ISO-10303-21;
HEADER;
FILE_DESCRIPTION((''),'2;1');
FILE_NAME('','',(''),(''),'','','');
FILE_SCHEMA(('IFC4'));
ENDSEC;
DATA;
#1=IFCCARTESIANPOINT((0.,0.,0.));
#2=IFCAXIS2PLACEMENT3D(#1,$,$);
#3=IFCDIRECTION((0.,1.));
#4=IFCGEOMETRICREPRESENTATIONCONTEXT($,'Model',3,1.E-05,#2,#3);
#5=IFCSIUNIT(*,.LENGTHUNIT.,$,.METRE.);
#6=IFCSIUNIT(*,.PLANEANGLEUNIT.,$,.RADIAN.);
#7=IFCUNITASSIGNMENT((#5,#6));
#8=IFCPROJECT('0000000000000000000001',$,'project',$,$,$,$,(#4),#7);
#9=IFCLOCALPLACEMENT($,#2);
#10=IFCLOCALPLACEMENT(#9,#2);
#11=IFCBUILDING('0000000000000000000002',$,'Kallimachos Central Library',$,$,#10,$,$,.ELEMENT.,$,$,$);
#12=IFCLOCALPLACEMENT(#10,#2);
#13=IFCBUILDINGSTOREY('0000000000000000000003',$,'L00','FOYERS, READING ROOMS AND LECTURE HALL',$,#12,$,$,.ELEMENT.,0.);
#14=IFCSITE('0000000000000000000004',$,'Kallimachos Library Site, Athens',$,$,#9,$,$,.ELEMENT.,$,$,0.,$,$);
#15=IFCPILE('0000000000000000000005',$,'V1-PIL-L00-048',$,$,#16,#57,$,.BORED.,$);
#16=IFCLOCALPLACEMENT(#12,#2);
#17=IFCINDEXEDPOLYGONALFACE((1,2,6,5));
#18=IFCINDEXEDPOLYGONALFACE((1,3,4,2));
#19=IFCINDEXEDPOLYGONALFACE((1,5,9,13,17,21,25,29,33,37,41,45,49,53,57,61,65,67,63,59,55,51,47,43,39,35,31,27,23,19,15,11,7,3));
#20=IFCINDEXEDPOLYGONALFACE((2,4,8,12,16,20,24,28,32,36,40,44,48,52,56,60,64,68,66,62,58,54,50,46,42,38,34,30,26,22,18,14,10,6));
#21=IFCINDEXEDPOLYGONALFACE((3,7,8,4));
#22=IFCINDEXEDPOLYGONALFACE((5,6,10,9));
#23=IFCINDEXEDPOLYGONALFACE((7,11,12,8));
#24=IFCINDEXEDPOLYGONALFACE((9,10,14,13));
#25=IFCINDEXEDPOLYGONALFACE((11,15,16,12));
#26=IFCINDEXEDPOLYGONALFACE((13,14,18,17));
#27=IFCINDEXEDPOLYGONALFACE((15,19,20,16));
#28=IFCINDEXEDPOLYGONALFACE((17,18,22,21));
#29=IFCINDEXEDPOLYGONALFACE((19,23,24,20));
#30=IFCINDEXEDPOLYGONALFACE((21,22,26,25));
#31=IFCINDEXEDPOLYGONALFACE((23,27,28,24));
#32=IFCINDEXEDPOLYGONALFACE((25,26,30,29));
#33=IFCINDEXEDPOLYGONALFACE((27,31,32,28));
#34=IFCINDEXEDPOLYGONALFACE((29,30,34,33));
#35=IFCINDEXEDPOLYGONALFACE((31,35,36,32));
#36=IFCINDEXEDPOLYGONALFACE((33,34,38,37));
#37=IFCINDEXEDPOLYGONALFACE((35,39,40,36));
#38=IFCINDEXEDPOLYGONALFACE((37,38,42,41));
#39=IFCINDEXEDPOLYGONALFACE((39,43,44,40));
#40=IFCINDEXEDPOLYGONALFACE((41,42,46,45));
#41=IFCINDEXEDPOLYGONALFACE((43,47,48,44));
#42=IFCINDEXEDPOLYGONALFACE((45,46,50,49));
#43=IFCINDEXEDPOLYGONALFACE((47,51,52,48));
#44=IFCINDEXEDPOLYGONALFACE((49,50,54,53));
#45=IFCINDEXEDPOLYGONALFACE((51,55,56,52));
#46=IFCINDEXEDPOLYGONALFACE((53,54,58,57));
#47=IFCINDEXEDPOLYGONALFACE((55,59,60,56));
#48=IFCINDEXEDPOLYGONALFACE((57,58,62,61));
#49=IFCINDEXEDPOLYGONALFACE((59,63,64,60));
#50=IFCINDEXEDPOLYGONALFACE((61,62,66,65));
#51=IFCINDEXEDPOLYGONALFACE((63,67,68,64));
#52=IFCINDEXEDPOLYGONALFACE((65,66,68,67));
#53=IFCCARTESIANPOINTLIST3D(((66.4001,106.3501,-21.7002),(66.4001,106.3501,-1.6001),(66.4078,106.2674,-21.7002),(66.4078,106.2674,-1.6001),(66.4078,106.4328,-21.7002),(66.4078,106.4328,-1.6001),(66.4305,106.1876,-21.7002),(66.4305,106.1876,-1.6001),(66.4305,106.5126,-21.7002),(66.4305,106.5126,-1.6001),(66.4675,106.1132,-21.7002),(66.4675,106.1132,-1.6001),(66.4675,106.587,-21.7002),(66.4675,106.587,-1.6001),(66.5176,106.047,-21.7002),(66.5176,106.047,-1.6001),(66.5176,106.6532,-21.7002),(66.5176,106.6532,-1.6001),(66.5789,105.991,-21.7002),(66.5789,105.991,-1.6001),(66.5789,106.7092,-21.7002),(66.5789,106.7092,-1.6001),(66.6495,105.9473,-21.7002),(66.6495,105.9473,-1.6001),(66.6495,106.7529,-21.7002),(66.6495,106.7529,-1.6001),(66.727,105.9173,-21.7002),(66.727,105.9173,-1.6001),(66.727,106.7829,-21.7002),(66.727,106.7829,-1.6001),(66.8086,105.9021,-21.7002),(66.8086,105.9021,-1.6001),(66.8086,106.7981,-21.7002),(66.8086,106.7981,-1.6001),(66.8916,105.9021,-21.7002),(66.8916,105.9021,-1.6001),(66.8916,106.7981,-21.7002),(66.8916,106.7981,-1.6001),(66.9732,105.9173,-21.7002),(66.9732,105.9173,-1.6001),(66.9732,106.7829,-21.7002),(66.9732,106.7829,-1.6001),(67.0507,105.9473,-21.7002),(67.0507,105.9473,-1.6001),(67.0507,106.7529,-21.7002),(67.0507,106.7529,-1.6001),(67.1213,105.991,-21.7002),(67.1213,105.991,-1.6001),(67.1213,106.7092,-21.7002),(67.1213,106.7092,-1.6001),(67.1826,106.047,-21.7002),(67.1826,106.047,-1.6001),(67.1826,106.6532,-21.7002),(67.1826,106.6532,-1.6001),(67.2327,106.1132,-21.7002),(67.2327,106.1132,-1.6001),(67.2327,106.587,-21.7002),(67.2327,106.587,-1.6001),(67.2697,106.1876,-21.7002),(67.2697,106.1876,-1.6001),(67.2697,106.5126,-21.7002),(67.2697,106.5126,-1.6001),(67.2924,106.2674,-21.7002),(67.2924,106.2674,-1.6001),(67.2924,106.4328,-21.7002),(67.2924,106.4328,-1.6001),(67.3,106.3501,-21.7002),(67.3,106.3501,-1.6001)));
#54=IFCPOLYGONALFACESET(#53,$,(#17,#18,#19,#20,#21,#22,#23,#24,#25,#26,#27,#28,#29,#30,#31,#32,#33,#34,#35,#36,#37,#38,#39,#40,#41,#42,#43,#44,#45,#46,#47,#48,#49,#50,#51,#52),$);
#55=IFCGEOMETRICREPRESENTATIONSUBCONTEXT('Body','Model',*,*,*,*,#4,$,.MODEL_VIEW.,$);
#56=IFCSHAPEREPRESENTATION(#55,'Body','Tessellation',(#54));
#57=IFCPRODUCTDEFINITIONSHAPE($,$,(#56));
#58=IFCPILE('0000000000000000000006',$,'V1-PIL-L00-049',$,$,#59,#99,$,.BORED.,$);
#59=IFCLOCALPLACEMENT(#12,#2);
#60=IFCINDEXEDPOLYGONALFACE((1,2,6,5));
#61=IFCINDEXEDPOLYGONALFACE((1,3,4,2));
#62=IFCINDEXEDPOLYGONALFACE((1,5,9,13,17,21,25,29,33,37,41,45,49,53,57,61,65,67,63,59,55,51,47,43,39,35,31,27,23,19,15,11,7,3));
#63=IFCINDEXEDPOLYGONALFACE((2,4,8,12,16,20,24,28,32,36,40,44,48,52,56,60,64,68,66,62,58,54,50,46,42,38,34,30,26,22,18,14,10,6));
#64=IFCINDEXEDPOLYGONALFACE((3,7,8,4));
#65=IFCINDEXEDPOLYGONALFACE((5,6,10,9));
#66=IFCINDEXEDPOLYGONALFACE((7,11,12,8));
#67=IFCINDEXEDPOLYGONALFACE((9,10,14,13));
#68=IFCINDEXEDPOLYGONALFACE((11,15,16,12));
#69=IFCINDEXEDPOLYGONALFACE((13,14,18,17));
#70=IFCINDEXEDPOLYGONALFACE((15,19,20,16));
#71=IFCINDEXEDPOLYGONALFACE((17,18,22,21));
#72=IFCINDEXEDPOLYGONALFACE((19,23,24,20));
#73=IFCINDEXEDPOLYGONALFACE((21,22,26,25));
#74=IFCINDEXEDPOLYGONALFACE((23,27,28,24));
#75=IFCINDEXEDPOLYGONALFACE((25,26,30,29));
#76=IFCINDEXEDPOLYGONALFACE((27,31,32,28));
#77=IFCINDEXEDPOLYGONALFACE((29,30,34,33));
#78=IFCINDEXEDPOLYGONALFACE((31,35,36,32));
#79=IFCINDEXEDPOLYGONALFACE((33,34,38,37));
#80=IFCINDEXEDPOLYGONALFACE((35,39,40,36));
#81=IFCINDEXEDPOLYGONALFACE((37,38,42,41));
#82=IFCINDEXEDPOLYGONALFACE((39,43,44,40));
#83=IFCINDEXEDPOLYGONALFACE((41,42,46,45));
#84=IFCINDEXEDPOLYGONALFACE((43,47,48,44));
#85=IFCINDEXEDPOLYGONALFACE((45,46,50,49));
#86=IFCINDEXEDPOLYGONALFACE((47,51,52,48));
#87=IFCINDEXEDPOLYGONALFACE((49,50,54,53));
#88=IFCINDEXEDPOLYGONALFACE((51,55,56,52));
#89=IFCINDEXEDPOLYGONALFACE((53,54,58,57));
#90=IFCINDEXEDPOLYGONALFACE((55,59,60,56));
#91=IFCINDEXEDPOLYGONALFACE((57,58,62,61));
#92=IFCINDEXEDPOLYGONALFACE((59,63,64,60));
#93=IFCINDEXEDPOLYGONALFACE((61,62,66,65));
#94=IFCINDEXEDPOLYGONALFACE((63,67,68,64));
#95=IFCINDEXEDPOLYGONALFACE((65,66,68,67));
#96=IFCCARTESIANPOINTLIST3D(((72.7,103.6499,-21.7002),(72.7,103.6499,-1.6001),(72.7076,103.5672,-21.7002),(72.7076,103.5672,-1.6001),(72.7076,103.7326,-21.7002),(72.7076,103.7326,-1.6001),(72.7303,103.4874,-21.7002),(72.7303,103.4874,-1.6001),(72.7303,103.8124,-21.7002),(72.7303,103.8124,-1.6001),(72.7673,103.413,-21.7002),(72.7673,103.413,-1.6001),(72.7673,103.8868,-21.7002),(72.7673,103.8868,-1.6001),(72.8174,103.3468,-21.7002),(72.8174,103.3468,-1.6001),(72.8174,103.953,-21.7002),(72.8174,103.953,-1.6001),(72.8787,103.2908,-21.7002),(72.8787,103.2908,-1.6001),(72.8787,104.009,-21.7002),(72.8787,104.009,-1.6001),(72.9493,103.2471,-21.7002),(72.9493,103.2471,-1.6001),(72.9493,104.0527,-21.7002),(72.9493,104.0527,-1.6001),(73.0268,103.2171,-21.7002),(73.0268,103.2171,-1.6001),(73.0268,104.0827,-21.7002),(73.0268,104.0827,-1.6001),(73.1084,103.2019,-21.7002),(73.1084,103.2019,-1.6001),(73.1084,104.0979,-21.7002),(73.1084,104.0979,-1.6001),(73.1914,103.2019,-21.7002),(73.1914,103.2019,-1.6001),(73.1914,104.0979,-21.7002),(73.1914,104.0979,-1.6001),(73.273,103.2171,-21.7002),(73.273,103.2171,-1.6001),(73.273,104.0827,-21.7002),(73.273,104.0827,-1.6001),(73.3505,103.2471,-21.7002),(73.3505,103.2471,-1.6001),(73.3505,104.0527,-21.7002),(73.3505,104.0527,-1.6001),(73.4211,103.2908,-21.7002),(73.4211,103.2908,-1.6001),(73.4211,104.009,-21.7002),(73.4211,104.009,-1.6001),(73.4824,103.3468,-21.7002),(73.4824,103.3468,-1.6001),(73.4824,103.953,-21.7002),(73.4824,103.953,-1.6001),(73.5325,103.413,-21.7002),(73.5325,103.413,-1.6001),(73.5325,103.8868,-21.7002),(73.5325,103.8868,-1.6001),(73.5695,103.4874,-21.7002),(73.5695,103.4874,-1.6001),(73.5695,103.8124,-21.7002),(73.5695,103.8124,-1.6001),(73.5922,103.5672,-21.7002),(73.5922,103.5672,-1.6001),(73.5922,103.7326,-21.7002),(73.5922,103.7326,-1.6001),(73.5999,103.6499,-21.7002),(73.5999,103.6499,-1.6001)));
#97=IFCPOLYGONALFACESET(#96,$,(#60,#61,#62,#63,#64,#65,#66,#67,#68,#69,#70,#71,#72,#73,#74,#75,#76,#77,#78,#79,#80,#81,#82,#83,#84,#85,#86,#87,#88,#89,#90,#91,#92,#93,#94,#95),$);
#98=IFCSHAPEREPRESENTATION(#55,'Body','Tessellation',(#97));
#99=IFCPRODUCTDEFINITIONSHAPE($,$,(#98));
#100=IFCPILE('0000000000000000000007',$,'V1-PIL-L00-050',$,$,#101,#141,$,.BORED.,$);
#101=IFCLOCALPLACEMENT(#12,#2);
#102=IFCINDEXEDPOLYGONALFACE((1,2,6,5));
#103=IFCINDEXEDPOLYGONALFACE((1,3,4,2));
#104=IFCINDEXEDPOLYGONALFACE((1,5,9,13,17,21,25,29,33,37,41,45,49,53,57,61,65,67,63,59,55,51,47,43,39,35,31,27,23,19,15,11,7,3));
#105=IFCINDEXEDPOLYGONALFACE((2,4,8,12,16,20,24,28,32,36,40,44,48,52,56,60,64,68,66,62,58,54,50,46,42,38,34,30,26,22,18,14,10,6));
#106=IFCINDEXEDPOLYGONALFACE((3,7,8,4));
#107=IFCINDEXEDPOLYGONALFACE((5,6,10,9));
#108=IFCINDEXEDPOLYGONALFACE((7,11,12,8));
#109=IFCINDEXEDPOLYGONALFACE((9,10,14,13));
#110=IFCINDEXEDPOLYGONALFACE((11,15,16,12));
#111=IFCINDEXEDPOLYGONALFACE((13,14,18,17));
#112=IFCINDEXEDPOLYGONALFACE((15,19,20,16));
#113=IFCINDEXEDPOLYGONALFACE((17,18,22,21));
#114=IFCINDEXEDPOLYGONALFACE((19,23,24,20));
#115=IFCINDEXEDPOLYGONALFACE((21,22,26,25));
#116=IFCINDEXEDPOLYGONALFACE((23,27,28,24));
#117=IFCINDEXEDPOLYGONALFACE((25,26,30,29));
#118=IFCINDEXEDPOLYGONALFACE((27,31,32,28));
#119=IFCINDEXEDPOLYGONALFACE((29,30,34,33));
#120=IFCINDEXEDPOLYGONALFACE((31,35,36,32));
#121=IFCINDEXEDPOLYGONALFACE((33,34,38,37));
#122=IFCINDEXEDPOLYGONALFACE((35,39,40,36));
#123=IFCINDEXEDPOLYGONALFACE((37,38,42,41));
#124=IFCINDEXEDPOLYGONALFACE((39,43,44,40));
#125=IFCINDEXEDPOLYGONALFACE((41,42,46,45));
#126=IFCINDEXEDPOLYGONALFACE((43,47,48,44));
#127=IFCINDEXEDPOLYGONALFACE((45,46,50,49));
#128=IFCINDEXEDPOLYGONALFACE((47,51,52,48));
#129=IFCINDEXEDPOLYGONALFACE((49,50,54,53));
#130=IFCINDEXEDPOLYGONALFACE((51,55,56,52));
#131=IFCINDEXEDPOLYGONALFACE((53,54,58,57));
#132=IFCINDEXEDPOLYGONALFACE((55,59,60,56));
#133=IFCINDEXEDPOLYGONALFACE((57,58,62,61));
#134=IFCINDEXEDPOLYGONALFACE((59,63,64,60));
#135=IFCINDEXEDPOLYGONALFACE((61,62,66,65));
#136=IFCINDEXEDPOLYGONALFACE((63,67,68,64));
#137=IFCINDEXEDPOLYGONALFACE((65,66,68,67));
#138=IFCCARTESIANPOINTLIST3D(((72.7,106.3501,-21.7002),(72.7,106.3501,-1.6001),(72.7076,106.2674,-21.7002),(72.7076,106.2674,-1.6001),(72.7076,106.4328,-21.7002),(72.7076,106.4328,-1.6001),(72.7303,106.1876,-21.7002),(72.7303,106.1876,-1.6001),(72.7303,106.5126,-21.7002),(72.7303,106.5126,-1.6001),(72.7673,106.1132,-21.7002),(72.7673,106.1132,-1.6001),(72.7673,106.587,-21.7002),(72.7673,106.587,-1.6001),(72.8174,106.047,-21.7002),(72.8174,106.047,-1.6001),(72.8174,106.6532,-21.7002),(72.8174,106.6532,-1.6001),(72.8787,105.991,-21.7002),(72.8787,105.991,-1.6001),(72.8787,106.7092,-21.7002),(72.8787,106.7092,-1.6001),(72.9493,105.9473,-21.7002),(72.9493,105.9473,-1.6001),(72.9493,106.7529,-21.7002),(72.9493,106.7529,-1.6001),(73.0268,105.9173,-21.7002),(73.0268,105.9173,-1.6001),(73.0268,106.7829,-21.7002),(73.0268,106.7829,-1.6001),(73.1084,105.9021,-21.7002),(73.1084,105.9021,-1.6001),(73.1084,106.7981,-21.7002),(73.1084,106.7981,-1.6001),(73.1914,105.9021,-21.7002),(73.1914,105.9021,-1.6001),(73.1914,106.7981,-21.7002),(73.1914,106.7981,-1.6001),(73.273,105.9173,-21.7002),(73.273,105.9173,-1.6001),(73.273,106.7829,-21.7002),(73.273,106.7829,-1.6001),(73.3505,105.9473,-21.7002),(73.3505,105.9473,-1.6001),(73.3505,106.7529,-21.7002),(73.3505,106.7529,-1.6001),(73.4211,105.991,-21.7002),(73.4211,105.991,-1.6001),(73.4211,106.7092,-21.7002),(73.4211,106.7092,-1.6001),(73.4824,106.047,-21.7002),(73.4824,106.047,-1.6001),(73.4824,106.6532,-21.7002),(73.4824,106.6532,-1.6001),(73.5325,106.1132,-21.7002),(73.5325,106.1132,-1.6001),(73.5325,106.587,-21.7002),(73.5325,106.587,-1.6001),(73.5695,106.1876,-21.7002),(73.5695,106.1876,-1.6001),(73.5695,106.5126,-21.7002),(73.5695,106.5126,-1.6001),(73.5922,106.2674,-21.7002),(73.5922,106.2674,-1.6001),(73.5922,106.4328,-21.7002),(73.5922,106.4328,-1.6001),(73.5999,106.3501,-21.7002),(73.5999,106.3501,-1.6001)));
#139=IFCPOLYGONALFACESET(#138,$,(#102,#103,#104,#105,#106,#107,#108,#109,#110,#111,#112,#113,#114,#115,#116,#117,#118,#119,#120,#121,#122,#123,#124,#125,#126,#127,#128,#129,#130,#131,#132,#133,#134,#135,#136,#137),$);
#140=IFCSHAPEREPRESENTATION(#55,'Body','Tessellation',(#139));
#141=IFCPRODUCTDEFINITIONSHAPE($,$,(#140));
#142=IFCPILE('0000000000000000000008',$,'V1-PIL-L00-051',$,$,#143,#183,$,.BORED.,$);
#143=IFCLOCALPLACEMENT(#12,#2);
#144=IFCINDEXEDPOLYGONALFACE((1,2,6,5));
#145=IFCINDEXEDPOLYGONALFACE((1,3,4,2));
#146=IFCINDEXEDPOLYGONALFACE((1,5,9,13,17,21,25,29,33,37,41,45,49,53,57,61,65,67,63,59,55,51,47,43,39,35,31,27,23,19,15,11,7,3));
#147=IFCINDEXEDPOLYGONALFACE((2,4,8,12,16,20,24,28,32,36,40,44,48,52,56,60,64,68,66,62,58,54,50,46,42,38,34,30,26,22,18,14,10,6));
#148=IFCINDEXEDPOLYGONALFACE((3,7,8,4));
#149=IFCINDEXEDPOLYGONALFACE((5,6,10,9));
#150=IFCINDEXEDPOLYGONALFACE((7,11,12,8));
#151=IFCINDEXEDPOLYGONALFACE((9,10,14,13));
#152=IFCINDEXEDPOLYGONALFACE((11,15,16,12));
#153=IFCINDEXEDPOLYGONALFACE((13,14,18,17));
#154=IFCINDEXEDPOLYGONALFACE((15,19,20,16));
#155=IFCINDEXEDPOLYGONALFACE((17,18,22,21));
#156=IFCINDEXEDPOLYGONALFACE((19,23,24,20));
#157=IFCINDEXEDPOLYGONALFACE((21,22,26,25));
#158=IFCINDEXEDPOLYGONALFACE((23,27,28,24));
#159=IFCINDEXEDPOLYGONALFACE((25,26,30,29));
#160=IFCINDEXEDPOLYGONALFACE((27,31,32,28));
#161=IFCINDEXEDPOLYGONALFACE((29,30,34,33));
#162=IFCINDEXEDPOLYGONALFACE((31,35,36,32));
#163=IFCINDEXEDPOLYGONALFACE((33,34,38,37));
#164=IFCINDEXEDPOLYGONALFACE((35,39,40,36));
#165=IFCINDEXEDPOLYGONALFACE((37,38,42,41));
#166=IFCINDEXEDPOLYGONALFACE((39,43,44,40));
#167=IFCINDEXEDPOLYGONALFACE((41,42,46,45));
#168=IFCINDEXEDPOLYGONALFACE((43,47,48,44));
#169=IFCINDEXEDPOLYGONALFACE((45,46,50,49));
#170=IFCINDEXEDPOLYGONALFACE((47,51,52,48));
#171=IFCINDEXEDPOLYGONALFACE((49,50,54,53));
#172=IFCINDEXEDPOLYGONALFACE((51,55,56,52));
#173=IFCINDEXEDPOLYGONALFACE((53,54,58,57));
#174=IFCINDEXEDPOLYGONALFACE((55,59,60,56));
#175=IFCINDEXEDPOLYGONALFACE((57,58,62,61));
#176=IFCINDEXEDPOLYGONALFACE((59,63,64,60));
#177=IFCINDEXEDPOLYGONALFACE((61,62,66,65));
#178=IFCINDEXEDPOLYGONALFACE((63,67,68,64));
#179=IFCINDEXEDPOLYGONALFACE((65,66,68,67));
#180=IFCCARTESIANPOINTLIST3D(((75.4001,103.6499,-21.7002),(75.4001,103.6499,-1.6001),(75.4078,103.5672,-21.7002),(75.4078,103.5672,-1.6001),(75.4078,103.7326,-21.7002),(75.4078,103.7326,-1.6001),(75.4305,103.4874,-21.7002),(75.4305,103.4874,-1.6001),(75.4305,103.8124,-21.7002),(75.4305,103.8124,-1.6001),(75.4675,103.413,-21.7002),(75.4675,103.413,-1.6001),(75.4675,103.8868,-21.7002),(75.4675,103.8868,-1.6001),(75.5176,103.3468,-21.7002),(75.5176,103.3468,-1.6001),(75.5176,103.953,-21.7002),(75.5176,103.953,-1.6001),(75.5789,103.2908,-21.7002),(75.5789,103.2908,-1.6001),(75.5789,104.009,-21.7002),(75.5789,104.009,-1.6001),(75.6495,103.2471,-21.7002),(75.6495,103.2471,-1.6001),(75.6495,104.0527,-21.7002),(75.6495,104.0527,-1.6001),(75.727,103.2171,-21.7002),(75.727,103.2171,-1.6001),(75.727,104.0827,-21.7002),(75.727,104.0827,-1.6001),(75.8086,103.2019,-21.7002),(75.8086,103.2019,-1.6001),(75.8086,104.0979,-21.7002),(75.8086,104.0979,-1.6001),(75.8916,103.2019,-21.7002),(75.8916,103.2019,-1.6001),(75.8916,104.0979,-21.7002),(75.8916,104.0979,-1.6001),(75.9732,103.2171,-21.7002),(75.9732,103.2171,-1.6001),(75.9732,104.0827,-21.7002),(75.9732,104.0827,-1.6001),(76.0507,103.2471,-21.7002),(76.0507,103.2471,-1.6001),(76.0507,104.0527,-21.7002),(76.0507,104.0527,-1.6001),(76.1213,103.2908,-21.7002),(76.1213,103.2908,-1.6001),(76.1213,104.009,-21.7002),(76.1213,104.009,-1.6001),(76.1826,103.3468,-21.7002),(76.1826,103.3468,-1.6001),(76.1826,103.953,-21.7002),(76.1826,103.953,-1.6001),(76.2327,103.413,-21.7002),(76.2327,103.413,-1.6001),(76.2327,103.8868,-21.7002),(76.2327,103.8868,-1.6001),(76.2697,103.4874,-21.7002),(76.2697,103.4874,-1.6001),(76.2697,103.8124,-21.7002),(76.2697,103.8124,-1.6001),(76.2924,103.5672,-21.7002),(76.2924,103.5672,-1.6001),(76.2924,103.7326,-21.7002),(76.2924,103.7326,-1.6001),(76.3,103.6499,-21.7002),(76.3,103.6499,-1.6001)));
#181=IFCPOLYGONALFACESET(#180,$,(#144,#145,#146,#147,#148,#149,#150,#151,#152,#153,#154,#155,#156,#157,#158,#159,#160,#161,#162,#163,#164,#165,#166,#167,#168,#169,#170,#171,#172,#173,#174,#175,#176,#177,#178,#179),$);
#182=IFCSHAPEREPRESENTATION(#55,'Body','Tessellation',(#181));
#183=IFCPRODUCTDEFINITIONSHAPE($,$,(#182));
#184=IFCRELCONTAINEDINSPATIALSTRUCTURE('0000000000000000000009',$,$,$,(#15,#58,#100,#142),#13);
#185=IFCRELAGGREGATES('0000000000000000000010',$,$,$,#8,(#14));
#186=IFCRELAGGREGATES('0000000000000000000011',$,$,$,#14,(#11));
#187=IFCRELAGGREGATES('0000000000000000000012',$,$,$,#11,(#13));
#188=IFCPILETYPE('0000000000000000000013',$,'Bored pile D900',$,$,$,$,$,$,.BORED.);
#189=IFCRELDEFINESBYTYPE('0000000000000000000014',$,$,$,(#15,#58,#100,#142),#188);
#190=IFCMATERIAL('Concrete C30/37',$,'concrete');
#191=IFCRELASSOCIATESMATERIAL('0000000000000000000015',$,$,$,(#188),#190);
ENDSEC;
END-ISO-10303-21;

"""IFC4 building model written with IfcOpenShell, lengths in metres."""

from ifc_helpers import new_model, si_unit, direction, frame, origin, origin_2d, place, context, subcontext, project, spatial, circle, extrude, material, type_object, element, save


model = new_model("IFC4")

# Units and contexts
model_context = context("Model", 3, precision=1e-05, world=origin(), true_north=direction((0.0, 1.0)))
body_context = subcontext(model_context, "Body", "Model", "MODEL_VIEW")
ifc_project = project(units=[si_unit("LENGTHUNIT", "METRE"), si_unit("PLANEANGLEUNIT", "RADIAN")], contexts=[model_context])

# Site, building, storey
site_placement = place(None, origin())
site = spatial("IfcSite", under=ifc_project, at=site_placement, Name="Kallimachos Library Site, Athens", CompositionType="ELEMENT", RefElevation=0.0)
building_placement = place(site_placement, origin())
building = spatial("IfcBuilding", under=site, at=building_placement, Name="Kallimachos Central Library", CompositionType="ELEMENT")
storey_placement = place(building_placement, origin())
storey = spatial("IfcBuildingStorey", under=building, at=storey_placement, Name="L00", Description="FOYERS, READING ROOMS AND LECTURE HALL", CompositionType="ELEMENT", Elevation=0.0)

# Piles
ifc_material_1 = material(Name="Concrete C30/37", Category="concrete")
pile_type = type_object("IfcPileType", Name="Bored pile D900", PredefinedType="BORED", material=ifc_material_1)
for number, where, z_axis, x_axis, name in (
    (1, (66.8501, 106.3501, -1.6001), (0.0, 0.0, -1.0), (1.0, 0.0, 0.0), "V1-PIL-L00-048"),
    (2, (73.1499, 103.6499, -1.6001), (0.0, 0.0, -1.0), (1.0, 0.0, 0.0), "V1-PIL-L00-049"),
    (3, (73.1499, 106.3501, -1.6001), (0.0, 0.0, -1.0), (1.0, 0.0, 0.0), "V1-PIL-L00-050"),
    (4, (75.8501, 103.6499, -1.6001), (0.0, 0.0, -1.0), (1.0, 0.0, 0.0), "V1-PIL-L00-051"),
):
    element("IfcPile", number, at=place(storey_placement, frame(where, z_axis=z_axis, x_axis=x_axis)), inside=storey, type_object=pile_type, Name=name, PredefinedType="BORED", context=body_context, shape_type="SweptSolid", body=[
        extrude(circle(Radius=0.45, at=origin_2d()), origin(), (0.0, 0.0, 1.0), 20.1001),
    ])

save(model, "model.ifc")
